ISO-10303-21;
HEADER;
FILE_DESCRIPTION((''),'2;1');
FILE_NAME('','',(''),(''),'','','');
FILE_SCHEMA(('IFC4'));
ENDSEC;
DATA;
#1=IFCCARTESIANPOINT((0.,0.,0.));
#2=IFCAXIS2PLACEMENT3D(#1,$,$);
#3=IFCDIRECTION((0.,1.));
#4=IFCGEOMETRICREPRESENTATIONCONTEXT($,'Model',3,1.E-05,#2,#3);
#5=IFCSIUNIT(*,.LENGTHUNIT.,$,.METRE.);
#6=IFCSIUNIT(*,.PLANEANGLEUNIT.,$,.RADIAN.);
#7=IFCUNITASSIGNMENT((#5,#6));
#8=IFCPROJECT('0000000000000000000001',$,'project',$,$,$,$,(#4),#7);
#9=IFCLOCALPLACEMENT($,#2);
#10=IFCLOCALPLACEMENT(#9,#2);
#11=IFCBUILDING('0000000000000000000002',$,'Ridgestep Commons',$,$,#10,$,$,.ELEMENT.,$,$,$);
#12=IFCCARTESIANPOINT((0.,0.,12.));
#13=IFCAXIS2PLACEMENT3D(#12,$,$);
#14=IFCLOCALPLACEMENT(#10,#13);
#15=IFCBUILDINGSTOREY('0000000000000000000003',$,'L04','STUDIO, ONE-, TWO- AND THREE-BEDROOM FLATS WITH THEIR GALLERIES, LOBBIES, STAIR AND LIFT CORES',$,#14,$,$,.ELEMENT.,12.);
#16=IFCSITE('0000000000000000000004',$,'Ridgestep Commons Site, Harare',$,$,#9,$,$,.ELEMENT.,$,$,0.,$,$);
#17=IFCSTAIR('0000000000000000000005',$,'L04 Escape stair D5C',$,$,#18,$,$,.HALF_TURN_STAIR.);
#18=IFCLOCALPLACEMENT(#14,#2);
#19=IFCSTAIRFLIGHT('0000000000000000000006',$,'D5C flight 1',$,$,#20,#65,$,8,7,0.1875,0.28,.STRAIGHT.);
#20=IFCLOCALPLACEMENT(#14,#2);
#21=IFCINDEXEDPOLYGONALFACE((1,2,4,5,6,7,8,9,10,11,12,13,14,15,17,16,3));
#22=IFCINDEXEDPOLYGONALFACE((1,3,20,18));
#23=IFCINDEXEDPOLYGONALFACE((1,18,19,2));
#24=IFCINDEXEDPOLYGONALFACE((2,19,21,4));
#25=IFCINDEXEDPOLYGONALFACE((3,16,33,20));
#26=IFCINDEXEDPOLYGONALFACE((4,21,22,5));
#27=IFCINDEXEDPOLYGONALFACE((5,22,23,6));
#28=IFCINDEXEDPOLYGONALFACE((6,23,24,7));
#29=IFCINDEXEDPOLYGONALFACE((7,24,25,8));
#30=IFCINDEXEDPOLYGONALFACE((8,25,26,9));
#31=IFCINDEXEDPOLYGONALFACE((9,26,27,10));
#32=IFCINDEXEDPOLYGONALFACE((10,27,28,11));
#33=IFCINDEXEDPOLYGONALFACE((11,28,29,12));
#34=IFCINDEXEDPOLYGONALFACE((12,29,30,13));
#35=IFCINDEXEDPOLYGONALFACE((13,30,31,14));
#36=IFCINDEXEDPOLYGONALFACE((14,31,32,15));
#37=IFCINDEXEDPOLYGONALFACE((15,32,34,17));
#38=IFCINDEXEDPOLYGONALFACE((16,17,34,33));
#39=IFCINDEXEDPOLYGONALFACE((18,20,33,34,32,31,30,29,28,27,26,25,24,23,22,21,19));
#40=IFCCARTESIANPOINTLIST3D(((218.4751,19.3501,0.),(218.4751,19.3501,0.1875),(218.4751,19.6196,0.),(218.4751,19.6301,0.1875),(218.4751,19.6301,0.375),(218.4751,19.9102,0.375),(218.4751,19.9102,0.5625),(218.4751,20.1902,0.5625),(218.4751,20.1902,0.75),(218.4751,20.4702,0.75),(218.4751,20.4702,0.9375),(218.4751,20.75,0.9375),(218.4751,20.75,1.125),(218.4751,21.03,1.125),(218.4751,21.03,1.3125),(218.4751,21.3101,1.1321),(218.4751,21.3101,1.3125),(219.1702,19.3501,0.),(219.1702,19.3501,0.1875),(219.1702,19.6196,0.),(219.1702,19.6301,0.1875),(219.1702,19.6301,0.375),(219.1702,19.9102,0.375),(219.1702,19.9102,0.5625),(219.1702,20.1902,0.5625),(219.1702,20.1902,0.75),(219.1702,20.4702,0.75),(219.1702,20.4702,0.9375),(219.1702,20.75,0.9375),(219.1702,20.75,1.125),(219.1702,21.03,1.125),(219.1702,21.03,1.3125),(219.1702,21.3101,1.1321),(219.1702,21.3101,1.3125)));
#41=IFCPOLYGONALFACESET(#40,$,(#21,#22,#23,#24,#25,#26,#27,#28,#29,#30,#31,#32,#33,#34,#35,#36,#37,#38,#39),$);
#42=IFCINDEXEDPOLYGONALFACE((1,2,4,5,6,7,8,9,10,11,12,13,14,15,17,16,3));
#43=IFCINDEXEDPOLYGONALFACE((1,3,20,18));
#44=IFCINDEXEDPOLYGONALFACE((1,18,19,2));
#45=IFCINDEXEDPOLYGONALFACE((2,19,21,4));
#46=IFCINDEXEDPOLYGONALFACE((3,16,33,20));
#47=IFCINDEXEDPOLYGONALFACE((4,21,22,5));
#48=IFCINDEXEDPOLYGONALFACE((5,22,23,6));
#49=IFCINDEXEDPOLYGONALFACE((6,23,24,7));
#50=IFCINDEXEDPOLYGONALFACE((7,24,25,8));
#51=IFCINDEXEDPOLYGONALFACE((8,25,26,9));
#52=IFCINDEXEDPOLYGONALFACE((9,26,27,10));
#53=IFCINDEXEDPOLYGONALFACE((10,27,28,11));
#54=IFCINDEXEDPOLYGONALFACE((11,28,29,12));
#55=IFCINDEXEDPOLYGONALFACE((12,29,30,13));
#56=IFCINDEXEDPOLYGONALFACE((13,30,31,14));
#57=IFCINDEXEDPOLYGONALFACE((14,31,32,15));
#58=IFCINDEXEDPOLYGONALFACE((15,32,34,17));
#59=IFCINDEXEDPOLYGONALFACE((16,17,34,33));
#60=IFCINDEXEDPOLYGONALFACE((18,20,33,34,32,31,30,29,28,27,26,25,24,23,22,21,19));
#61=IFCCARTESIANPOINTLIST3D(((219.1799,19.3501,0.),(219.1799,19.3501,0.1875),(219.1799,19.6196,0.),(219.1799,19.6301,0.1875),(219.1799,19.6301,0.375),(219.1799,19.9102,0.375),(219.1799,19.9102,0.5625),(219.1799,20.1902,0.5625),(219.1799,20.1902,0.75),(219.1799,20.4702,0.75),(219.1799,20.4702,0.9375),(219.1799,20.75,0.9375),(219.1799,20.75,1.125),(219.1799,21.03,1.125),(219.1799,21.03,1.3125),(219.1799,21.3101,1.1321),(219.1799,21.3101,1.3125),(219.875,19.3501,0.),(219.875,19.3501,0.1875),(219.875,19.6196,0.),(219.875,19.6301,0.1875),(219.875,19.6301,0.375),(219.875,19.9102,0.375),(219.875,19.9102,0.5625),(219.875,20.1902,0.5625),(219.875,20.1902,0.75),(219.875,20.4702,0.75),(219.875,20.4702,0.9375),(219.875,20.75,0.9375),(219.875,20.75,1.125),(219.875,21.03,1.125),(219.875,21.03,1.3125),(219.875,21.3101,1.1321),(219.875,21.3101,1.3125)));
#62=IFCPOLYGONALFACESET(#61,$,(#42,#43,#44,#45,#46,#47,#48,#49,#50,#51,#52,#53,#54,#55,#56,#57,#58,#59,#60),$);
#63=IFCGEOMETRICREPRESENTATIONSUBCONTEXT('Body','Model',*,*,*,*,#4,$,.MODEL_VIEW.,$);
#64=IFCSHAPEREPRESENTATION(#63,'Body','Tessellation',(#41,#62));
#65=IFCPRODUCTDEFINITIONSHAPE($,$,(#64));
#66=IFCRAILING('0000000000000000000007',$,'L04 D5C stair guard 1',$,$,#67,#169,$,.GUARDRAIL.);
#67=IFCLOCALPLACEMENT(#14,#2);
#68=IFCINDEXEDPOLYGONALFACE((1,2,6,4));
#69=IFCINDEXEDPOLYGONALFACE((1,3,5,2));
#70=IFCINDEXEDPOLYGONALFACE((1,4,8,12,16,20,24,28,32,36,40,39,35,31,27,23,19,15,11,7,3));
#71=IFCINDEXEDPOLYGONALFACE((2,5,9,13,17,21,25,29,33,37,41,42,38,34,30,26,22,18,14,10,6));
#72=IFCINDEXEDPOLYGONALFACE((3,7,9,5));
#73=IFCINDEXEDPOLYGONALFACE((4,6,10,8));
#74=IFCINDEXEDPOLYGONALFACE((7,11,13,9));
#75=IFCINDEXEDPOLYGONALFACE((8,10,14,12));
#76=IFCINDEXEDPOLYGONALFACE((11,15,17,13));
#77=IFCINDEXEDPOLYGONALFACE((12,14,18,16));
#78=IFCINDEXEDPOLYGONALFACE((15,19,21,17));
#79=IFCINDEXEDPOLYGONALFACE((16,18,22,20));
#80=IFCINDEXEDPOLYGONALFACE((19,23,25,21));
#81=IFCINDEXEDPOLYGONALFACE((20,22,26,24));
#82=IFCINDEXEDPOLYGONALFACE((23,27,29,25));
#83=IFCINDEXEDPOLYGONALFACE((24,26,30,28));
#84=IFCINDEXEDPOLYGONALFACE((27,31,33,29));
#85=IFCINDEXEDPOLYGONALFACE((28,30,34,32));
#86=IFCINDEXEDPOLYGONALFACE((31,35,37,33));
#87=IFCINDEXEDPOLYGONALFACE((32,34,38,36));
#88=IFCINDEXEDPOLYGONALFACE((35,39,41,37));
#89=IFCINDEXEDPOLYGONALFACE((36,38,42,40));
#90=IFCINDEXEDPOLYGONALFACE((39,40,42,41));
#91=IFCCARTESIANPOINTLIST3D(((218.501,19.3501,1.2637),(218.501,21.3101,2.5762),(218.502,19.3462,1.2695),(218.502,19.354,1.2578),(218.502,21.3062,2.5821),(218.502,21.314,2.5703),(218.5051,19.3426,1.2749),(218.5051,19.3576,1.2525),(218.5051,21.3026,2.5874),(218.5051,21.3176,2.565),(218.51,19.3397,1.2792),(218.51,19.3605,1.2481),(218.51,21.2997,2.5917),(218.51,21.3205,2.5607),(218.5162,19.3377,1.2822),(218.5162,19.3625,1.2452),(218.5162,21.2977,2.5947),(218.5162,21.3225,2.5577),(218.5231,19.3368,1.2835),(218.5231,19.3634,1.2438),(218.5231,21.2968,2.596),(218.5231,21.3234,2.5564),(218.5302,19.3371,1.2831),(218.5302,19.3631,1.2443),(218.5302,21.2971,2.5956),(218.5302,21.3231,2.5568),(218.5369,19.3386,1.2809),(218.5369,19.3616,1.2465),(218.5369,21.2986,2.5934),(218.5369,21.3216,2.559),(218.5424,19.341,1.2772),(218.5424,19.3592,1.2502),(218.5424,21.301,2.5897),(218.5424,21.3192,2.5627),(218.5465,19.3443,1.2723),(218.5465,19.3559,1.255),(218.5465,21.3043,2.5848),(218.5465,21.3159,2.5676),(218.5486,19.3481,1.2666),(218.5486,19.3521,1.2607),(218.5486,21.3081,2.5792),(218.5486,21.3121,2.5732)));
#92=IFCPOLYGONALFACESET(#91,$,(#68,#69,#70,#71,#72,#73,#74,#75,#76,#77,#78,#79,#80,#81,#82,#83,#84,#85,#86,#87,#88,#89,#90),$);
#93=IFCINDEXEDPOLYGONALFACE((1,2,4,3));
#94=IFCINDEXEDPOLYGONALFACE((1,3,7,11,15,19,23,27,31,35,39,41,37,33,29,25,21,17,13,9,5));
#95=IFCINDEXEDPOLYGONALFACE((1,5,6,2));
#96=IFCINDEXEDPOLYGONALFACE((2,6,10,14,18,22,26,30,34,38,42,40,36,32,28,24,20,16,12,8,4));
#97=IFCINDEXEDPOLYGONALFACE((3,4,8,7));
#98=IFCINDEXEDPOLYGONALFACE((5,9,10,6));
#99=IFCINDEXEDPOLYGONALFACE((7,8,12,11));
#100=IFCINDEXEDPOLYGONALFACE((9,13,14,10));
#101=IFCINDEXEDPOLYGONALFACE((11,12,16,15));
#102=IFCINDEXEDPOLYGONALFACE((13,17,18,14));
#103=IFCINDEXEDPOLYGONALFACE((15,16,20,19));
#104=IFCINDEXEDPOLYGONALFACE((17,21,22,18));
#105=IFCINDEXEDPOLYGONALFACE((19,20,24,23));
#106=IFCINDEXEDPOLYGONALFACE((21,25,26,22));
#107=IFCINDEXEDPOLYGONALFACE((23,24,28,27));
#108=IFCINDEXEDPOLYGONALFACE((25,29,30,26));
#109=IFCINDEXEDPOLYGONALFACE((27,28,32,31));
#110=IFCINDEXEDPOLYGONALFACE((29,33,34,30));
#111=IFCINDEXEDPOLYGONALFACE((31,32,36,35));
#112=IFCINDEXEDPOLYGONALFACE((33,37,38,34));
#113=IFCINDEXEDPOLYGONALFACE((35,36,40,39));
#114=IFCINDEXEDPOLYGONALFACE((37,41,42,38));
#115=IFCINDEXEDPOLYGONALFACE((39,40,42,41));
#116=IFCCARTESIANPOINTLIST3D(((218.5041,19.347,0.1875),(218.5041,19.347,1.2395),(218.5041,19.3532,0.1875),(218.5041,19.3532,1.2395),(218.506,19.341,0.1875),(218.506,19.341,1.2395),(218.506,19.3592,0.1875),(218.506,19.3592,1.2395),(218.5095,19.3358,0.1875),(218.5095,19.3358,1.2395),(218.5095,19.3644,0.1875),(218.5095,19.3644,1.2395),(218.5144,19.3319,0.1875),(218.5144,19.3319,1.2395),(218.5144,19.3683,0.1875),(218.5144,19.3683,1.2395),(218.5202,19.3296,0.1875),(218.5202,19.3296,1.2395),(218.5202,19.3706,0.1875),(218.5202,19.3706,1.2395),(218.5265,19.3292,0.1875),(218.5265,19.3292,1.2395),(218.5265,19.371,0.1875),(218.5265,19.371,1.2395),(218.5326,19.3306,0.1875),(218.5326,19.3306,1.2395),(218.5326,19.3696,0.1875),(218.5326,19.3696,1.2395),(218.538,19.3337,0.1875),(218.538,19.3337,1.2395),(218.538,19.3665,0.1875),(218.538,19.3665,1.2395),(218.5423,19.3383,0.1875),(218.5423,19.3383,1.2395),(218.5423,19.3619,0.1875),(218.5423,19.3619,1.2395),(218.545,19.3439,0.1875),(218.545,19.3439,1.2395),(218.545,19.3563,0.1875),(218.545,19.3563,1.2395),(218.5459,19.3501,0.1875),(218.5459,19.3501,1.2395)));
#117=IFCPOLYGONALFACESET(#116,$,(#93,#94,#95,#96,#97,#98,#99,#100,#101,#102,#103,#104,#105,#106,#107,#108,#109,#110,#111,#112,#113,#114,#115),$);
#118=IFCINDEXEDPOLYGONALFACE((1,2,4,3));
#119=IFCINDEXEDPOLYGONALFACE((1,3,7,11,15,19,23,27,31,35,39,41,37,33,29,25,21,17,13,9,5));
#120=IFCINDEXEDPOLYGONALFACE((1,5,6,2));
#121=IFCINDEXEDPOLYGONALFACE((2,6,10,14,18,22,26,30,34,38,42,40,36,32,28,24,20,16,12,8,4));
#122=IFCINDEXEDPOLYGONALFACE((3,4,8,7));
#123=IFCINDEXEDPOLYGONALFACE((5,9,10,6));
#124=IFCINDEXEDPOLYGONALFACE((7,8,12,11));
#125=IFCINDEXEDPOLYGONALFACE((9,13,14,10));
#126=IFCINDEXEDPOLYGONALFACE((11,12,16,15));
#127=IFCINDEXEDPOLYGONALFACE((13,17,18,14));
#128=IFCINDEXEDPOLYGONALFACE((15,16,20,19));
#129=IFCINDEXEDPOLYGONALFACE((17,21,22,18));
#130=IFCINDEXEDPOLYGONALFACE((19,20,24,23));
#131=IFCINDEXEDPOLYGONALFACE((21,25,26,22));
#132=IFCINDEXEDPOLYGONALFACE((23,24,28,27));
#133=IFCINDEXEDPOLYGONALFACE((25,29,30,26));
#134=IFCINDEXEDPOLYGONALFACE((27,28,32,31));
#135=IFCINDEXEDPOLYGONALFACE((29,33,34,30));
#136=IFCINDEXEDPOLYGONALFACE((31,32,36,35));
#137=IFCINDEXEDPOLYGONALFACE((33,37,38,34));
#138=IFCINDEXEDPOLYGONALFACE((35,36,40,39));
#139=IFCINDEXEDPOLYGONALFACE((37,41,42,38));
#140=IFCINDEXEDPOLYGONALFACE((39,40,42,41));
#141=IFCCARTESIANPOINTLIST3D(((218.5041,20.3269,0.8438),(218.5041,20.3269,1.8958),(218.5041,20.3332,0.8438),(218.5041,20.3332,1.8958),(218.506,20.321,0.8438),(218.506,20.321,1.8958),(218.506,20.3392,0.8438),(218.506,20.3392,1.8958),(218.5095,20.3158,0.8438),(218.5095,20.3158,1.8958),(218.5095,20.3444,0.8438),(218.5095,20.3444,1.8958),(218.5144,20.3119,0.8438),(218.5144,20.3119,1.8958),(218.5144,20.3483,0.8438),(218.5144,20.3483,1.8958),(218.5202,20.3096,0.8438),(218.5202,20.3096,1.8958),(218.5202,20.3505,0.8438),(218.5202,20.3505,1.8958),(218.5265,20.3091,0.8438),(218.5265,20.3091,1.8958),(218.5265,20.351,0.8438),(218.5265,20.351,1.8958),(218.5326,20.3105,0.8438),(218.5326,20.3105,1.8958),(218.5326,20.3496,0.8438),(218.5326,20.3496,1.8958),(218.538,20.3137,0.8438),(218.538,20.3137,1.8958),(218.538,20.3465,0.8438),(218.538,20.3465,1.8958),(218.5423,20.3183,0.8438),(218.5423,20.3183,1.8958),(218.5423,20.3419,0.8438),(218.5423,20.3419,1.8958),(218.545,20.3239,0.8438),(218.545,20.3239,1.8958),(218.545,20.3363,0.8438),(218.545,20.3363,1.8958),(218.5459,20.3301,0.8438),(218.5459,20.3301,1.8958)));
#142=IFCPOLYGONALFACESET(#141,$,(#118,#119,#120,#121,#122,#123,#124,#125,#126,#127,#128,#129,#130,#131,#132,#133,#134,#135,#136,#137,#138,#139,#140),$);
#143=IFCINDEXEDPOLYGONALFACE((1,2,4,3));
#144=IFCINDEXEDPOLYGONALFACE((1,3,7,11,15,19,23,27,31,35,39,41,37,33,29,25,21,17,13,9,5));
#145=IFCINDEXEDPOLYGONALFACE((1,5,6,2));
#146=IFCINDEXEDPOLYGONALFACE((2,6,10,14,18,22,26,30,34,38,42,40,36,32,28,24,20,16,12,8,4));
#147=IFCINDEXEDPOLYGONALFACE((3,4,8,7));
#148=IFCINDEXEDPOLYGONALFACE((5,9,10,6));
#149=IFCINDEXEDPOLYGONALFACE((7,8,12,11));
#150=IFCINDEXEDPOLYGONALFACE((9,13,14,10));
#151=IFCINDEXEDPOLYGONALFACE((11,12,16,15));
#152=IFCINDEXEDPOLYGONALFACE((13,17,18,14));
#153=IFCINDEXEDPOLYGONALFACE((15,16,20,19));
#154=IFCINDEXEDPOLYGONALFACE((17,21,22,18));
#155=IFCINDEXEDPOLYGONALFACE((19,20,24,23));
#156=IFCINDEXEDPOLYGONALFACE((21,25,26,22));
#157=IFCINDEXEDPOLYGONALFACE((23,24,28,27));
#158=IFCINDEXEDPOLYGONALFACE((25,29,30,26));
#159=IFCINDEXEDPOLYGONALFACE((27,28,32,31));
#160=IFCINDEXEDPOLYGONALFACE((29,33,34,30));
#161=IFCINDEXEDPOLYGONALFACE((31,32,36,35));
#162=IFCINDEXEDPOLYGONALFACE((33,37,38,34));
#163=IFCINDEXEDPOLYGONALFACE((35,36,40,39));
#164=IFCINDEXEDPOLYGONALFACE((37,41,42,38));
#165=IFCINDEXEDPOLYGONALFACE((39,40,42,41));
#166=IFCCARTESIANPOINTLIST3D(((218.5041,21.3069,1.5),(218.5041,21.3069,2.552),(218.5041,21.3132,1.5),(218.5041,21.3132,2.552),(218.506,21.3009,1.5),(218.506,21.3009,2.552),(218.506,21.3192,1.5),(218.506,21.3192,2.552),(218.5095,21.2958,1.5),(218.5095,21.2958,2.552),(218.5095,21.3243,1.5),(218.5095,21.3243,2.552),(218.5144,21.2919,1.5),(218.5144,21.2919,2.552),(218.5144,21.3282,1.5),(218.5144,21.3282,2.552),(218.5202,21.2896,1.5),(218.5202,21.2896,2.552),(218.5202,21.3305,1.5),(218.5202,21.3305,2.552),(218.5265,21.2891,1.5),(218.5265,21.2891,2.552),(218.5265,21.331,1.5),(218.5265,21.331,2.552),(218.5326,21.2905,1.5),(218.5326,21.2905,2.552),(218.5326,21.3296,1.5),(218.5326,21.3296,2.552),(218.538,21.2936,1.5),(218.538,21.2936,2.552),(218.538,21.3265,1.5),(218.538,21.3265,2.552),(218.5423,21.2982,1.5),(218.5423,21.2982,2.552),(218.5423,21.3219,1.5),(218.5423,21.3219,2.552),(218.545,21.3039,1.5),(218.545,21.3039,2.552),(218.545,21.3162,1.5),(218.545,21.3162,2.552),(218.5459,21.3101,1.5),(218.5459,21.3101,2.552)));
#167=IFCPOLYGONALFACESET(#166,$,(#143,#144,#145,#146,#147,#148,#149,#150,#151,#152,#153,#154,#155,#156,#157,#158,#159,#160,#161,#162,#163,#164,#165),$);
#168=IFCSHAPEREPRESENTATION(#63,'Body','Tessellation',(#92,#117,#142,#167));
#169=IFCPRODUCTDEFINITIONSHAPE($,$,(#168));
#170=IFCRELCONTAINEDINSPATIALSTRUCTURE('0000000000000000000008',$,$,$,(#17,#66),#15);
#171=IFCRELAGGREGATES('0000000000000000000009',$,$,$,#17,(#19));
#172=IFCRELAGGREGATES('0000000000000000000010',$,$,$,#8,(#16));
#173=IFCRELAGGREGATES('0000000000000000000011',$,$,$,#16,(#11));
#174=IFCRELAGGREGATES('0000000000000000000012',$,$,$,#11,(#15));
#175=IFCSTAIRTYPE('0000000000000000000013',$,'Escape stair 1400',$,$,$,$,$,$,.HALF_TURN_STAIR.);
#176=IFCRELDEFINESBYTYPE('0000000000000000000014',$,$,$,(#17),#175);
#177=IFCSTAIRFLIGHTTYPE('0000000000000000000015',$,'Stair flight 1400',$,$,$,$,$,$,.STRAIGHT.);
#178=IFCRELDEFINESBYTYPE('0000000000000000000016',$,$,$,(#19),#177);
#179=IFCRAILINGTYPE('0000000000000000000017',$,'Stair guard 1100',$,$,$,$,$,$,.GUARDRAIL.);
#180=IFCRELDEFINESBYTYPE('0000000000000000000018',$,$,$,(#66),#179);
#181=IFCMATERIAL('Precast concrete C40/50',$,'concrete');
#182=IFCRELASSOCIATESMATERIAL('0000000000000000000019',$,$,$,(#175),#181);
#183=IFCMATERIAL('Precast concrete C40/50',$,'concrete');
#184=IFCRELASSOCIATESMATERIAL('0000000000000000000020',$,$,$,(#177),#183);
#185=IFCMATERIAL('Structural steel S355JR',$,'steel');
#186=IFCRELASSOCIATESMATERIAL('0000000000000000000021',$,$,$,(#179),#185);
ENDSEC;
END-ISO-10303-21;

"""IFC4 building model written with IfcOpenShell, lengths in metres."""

from ifc_helpers import new_model, si_unit, direction, frame, origin, origin_2d, place, context, subcontext, project, spatial, polyline, circle, outline, extrude, material, type_object, element, aggregate, save


model = new_model("IFC4")

# Units and contexts
model_context = context("Model", 3, precision=1e-05, world=origin(), true_north=direction((0.0, 1.0)))
body_context = subcontext(model_context, "Body", "Model", "MODEL_VIEW")
ifc_project = project(units=[si_unit("LENGTHUNIT", "METRE"), si_unit("PLANEANGLEUNIT", "RADIAN")], contexts=[model_context])

# Site, building, storey
site_placement = place(None, origin())
site = spatial("IfcSite", under=ifc_project, at=site_placement, Name="Ridgestep Commons Site, Harare", CompositionType="ELEMENT", RefElevation=0.0)
building_placement = place(site_placement, origin())
building = spatial("IfcBuilding", under=site, at=building_placement, Name="Ridgestep Commons", CompositionType="ELEMENT")
storey_placement = place(building_placement, frame((0.0, 0.0, 12.0)))
storey = spatial("IfcBuildingStorey", under=building, at=storey_placement, Name="L04", Description="STUDIO, ONE-, TWO- AND THREE-BEDROOM FLATS WITH THEIR GALLERIES, LOBBIES, STAIR AND LIFT CORES", CompositionType="ELEMENT", Elevation=12.0)

# Stair, stair flight
ifc_material_1 = material(Name="Precast concrete C40/50", Category="concrete")
stair_type = type_object("IfcStairType", Name="Escape stair 1400", PredefinedType="HALF_TURN_STAIR", material=ifc_material_1)
stair_placement = place(storey_placement, origin())
stair = element("IfcStair", 1, at=stair_placement, inside=storey, type_object=stair_type, Name="L04 Escape stair D5C", PredefinedType="HALF_TURN_STAIR")
ifc_material_2 = material(Name="Precast concrete C40/50", Category="concrete")
stair_flight_type = type_object("IfcStairFlightType", Name="Stair flight 1400", PredefinedType="STRAIGHT", material=ifc_material_2)
stair_flight_placement = place(storey_placement, frame((219.175, 19.3501, 0.0), z_axis=(0.0, 0.0, 1.0), x_axis=(0.0, 1.0, 0.0)))
stair_flight = element("IfcStairFlight", 2, at=stair_flight_placement, type_object=stair_flight_type, Name="D5C flight 1", NumberOfRisers=8, NumberOfTreads=7, PredefinedType="STRAIGHT", RiserHeight=0.1875, TreadLength=0.28, context=body_context, shape_type="SweptSolid", body=[
    extrude(outline(polyline([(0.0, 0.0), (0.0, 0.1875), (0.28, 0.1875), (0.28, 0.375), (0.5601, 0.375), (0.5601, 0.5625), (0.8401, 0.5625), (0.8401, 0.75), (1.1201, 0.75), (1.1201, 0.9375), (1.3999, 0.9375), (1.3999, 1.125), (1.6799, 1.125), (1.6799, 1.3125), (1.96, 1.3125), (1.96, 1.5), (1.96, 1.1321), (0.2695, 0.0), (0.0, 0.0)])), frame((0.0, 0.7, 0.0), z_axis=(0.0, -1.0, 0.0), x_axis=(1.0, 0.0, 0.0)), (0.0, 0.0, 1.0), 0.6951),
    extrude(outline(polyline([(0.0, 0.0), (0.0, 0.1875), (0.28, 0.1875), (0.28, 0.375), (0.5601, 0.375), (0.5601, 0.5625), (0.8401, 0.5625), (0.8401, 0.75), (1.1201, 0.75), (1.1201, 0.9375), (1.3999, 0.9375), (1.3999, 1.125), (1.6799, 1.125), (1.6799, 1.3125), (1.96, 1.3125), (1.96, 1.5), (1.96, 1.1321), (0.2695, 0.0), (0.0, 0.0)])), frame((0.0, -0.0049, 0.0), z_axis=(0.0, -1.0, 0.0), x_axis=(1.0, 0.0, 0.0)), (0.0, 0.0, 1.0), 0.6951),
])
aggregate(stair, [stair_flight])

# Railing
ifc_material_3 = material(Name="Structural steel S355JR", Category="steel")
railing_type_1 = type_object("IfcRailingType", Name="Stair guard 1100", PredefinedType="GUARDRAIL", material=ifc_material_3)
railing_1_placement = place(storey_placement, frame((218.5249, 19.3501, 0.1875)))
element("IfcRailing", 3, at=railing_1_placement, inside=storey, type_object=railing_type_1, Name="L04 D5C stair guard 1", PredefinedType="GUARDRAIL", context=body_context, shape_type="SweptSolid", body=[
    extrude(circle(Radius=0.0239, at=origin_2d()), frame((0.0, 0.0, 1.0762), z_axis=(0.0, 0.830902, 0.556419), x_axis=(-1.0, 0.0, 0.0)), (0.0, 0.0, 1.0), 2.3589),
    extrude(circle(Radius=0.021, at=origin_2d()), origin(), (0.0, 0.0, 1.0), 1.052),
    extrude(circle(Radius=0.021, at=origin_2d()), frame((0.0, 0.98, 0.6562)), (0.0, 0.0, 1.0), 1.052),
    extrude(circle(Radius=0.021, at=origin_2d()), frame((0.0, 1.96, 1.3125)), (0.0, 0.0, 1.0), 1.052),
])

save(model, "model.ifc")
